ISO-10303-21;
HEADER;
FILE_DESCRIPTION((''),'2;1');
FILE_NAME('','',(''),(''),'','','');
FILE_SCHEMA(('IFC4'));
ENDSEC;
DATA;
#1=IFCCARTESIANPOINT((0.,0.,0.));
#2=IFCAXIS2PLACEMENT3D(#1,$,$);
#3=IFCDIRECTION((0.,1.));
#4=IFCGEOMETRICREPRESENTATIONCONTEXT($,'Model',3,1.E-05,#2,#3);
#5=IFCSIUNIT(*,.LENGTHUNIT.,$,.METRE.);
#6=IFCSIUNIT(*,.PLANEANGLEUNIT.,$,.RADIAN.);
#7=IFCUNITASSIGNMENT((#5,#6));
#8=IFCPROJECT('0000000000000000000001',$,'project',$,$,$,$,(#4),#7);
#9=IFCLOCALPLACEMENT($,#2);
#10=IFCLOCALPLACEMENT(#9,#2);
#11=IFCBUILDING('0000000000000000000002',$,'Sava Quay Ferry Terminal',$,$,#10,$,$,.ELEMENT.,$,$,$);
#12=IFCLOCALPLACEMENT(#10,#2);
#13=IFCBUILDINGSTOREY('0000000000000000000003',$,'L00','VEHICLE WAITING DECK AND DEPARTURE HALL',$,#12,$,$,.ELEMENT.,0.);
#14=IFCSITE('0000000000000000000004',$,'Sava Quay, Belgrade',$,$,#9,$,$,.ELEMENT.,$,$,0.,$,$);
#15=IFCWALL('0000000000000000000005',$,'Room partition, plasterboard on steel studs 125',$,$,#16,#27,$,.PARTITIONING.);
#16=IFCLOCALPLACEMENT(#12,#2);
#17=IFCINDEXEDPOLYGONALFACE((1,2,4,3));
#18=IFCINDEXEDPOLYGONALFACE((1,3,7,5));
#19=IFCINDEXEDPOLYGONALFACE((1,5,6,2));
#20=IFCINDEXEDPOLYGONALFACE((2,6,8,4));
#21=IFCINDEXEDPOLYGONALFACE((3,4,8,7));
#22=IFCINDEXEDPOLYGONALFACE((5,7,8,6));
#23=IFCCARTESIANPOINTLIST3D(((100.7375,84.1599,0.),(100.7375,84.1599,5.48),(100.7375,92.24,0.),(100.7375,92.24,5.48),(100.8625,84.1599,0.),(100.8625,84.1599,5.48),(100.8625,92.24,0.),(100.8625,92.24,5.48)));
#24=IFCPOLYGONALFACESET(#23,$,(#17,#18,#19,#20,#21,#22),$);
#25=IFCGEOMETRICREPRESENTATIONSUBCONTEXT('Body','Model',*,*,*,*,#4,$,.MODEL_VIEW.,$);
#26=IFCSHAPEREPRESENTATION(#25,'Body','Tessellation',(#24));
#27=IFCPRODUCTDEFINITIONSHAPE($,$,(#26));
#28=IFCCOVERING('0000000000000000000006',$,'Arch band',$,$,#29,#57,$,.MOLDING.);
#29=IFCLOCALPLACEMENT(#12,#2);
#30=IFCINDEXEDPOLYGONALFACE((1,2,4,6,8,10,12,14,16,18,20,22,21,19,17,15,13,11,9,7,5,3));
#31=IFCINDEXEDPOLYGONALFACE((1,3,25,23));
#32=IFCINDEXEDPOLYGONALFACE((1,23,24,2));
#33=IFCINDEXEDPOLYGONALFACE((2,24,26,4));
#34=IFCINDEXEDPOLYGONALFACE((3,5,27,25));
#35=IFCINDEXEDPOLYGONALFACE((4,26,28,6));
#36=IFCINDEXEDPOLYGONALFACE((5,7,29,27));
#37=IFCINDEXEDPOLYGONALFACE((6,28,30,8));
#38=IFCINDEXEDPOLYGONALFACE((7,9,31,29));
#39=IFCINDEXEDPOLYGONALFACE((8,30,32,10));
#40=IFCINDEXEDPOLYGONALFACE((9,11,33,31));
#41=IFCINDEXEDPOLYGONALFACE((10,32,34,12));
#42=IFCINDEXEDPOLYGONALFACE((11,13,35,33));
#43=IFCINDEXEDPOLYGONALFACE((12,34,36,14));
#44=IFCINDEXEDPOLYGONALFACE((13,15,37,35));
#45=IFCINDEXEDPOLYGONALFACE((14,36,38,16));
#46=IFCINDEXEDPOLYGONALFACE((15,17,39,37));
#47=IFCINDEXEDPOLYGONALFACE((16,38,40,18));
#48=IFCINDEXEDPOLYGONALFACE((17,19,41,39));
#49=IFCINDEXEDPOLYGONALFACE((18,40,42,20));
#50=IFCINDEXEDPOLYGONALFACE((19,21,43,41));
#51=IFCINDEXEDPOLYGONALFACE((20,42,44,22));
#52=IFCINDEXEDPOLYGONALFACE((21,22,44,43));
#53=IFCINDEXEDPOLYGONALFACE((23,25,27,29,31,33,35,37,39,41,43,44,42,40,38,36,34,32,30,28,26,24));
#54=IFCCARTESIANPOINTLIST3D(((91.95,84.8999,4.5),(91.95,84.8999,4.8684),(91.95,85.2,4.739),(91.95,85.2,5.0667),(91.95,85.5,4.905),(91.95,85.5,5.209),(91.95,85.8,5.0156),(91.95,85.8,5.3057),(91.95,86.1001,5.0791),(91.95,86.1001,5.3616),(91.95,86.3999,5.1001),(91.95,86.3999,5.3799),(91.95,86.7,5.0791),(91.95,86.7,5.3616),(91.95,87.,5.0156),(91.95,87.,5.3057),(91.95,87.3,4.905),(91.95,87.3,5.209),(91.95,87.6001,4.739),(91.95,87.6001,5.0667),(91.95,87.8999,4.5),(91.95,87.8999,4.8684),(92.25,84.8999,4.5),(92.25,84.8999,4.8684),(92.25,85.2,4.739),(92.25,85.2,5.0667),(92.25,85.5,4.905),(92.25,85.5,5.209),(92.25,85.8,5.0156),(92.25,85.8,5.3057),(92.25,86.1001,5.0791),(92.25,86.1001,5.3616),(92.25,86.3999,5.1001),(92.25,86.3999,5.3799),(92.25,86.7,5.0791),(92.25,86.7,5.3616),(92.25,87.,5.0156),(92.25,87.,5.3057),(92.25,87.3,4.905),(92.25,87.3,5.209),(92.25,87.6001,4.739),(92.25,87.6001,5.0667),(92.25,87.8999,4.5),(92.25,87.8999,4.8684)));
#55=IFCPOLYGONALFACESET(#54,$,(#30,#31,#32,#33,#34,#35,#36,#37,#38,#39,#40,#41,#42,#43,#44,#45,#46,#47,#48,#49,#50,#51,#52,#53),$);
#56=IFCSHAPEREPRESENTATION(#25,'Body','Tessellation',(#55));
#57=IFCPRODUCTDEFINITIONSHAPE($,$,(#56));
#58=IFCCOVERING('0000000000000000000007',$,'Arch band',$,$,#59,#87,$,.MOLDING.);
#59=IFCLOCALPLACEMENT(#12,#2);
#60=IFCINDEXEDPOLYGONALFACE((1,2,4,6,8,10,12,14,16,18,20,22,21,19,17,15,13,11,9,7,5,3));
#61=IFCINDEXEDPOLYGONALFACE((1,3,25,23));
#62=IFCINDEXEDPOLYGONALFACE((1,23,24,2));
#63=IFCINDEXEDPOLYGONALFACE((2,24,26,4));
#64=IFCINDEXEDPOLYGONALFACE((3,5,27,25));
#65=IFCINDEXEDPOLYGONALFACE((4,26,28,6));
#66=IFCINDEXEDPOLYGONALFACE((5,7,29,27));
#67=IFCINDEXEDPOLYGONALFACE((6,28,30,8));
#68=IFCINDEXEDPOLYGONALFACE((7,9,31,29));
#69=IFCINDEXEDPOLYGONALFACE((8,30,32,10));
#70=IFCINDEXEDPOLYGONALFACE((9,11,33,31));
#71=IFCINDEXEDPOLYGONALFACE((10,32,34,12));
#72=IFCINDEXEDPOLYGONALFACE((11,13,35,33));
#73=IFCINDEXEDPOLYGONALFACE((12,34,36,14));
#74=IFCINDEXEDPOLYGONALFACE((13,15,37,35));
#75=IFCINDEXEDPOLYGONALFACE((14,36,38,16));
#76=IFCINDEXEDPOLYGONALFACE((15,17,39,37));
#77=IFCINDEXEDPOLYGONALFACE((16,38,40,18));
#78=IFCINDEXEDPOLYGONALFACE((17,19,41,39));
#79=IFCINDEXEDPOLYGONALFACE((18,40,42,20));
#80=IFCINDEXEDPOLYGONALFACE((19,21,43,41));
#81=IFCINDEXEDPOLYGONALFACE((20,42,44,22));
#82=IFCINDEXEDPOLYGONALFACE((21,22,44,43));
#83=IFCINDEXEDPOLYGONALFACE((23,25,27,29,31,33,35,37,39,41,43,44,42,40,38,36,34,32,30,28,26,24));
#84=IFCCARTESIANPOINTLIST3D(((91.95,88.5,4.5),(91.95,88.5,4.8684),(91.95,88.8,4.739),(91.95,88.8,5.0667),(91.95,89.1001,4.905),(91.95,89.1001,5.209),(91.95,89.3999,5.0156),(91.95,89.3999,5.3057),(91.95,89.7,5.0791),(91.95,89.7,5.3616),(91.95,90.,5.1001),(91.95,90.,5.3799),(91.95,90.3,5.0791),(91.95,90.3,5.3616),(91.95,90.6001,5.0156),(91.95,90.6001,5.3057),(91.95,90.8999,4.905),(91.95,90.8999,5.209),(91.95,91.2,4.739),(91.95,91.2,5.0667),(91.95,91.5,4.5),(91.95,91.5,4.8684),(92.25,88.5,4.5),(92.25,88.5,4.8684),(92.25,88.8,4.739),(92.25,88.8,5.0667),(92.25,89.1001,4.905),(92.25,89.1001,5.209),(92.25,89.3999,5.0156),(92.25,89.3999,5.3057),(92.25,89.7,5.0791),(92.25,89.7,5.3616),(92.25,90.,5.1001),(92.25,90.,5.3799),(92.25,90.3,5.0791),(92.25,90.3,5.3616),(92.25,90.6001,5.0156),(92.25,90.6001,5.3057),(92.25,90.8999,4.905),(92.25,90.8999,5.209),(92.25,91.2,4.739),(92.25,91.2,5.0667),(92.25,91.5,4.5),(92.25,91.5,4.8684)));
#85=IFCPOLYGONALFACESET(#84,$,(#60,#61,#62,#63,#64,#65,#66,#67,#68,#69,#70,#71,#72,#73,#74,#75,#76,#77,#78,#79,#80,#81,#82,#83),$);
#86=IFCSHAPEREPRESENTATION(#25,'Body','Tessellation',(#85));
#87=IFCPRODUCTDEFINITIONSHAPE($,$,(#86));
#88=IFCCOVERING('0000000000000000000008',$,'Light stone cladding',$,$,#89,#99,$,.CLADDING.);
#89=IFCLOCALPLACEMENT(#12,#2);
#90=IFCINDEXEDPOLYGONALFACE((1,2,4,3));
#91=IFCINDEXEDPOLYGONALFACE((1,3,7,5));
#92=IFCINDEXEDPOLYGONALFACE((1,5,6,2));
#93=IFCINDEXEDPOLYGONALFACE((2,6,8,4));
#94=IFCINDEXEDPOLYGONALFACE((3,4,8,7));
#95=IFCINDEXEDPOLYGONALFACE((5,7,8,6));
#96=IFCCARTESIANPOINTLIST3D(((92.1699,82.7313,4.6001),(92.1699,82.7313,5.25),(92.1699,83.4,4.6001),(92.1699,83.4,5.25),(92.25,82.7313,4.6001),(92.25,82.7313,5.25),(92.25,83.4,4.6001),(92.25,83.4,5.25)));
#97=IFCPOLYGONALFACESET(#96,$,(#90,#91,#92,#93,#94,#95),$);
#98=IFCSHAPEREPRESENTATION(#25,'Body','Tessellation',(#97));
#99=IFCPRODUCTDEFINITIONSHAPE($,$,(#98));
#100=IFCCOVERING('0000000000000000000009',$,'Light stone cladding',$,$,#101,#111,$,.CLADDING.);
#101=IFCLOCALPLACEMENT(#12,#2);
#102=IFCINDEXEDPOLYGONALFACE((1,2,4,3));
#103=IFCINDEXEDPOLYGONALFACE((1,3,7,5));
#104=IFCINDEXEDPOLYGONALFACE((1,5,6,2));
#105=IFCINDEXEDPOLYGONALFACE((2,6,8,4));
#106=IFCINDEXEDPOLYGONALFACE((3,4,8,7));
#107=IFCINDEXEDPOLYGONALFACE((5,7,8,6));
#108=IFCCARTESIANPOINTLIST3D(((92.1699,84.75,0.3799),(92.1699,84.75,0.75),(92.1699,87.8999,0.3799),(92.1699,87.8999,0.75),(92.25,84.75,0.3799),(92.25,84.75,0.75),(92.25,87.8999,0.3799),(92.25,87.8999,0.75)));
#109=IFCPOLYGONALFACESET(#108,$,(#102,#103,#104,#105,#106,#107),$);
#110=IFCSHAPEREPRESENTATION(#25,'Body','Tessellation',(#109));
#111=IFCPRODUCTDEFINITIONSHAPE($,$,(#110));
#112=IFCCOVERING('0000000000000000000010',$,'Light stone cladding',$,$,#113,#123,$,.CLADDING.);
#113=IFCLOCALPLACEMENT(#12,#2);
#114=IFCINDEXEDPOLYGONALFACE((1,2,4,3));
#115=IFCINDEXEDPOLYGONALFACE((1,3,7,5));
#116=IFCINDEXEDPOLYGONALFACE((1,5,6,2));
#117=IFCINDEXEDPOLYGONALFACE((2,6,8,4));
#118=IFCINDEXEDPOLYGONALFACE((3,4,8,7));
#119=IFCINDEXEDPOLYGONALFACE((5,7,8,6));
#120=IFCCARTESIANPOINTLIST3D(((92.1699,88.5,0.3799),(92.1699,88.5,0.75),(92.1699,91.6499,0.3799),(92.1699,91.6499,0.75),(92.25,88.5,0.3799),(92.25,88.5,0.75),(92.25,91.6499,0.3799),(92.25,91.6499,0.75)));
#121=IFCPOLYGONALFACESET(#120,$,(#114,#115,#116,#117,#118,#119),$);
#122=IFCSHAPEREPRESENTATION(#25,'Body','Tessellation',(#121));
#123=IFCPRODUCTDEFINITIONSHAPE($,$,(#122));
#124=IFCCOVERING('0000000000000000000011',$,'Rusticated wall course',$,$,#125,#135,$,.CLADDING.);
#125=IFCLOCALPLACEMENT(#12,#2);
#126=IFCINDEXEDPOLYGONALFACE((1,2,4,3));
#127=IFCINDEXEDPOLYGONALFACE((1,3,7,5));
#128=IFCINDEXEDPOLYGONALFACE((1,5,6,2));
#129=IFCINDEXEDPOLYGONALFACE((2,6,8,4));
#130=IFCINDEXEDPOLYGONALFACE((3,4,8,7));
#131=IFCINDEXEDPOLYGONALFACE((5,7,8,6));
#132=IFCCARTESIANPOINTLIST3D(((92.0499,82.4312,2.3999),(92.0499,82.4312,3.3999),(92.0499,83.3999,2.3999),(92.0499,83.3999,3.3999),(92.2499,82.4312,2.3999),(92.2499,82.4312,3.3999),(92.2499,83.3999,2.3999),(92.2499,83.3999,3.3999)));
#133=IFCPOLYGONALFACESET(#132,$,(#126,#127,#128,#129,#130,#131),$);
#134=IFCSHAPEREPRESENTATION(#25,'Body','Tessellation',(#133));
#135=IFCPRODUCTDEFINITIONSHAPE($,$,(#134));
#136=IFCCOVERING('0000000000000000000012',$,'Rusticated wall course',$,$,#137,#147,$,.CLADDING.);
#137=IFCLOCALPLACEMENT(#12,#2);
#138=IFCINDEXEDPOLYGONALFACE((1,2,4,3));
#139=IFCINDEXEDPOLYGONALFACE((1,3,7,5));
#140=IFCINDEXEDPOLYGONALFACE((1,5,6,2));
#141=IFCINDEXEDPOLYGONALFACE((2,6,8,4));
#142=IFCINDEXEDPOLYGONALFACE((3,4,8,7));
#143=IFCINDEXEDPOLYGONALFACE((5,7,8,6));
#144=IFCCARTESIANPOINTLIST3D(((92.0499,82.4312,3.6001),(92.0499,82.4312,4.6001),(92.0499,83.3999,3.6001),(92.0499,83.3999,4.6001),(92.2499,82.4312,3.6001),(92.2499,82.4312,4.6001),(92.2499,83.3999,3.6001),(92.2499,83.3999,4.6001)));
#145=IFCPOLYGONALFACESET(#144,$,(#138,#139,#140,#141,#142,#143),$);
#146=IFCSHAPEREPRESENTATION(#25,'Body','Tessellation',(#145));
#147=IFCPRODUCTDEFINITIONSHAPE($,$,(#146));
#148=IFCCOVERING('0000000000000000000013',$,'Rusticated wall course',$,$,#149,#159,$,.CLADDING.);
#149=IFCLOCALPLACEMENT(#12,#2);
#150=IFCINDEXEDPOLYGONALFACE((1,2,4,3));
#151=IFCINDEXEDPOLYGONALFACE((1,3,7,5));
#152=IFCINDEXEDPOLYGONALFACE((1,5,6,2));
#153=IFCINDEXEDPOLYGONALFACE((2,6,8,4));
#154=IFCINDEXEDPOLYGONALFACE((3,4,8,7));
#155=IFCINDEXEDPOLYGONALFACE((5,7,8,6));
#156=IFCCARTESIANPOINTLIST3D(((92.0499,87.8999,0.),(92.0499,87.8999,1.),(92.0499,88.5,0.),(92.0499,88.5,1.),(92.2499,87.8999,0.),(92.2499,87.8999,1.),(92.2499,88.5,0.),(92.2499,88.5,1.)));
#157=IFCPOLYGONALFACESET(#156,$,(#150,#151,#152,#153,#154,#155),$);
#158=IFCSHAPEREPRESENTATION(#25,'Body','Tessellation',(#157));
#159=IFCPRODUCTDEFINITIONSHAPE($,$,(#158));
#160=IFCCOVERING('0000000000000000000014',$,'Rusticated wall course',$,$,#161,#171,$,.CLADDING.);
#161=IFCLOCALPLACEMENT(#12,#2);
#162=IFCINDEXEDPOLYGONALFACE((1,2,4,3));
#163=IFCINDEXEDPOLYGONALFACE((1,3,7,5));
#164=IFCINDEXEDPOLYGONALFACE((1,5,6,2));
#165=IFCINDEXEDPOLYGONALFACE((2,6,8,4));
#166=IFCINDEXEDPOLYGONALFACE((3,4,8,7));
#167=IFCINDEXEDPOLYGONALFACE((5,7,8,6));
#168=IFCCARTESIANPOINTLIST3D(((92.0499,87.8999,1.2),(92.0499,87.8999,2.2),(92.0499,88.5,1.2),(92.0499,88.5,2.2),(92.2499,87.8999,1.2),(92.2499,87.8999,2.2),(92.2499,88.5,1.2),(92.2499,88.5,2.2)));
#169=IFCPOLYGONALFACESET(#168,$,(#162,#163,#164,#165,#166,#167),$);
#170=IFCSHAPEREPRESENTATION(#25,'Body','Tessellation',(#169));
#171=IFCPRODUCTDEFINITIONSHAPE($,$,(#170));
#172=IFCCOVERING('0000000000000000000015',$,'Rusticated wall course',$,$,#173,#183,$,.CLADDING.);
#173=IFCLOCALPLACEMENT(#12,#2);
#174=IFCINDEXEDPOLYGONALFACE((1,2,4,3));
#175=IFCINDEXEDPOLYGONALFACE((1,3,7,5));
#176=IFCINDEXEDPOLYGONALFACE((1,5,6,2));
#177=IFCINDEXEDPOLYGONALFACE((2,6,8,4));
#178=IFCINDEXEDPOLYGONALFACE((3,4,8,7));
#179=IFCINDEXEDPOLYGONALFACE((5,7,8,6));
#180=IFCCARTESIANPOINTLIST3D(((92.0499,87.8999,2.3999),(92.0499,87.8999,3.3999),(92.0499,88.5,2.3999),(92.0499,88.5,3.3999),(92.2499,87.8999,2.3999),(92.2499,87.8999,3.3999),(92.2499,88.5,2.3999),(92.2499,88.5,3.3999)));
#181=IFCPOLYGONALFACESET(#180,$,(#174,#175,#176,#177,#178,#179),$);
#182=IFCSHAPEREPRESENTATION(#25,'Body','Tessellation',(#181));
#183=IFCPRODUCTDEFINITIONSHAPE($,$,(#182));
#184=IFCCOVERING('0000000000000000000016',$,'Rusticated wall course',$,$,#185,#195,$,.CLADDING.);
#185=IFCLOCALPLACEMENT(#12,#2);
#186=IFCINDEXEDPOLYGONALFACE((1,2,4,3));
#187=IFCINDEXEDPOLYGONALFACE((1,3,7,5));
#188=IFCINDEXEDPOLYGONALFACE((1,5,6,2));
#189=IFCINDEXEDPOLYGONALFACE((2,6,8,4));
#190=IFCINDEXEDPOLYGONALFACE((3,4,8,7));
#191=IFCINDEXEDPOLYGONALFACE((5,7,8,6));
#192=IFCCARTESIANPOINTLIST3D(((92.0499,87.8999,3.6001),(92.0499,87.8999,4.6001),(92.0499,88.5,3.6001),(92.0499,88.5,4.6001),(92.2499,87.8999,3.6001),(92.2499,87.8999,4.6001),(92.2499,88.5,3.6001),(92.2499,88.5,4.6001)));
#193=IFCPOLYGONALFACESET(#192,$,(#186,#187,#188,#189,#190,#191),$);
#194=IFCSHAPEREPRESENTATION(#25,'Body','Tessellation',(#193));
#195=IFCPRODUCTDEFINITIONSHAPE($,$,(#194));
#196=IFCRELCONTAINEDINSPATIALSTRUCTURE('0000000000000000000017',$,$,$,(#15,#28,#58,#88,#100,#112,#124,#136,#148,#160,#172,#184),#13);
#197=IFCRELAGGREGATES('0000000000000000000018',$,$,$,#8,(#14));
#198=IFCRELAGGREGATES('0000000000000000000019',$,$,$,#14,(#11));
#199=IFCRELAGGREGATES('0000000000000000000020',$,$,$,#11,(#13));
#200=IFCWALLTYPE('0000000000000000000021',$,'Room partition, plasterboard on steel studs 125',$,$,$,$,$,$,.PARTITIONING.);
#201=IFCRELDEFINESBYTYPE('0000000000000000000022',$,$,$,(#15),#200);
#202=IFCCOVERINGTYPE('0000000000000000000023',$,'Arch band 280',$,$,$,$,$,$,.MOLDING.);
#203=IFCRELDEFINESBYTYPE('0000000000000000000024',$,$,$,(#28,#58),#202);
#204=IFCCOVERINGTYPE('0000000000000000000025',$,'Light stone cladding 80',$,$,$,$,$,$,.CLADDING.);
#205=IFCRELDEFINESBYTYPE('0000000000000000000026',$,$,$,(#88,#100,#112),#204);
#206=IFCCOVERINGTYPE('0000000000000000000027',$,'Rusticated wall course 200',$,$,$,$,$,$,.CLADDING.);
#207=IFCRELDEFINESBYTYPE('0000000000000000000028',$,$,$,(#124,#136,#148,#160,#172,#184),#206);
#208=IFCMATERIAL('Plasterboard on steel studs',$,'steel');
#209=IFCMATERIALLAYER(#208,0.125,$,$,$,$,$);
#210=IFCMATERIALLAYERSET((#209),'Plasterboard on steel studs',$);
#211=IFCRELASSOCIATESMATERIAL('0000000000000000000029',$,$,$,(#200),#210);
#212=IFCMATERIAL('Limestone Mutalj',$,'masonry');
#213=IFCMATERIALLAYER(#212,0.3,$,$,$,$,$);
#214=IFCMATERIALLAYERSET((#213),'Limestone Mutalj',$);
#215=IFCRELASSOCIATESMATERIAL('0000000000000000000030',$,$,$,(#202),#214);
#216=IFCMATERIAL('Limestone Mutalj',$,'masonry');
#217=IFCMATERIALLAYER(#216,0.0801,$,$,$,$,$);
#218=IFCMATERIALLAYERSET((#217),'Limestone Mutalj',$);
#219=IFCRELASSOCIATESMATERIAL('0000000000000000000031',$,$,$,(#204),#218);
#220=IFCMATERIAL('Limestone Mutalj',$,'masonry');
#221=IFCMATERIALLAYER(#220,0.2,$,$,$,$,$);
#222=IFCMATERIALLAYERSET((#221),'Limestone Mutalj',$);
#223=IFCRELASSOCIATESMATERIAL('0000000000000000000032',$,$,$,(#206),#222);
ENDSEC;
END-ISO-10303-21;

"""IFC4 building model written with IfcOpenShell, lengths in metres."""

from ifc_helpers import new_model, si_unit, direction, frame, frame_2d, origin, origin_2d, place, context, subcontext, project, spatial, polyline, rectangle, outline, extrude, material, layer, layer_set, type_object, element, save


model = new_model("IFC4")

# Units and contexts
model_context = context("Model", 3, precision=1e-05, world=origin(), true_north=direction((0.0, 1.0)))
body_context = subcontext(model_context, "Body", "Model", "MODEL_VIEW")
ifc_project = project(units=[si_unit("LENGTHUNIT", "METRE"), si_unit("PLANEANGLEUNIT", "RADIAN")], contexts=[model_context])

# Site, building, storey
site_placement = place(None, origin())
site = spatial("IfcSite", under=ifc_project, at=site_placement, Name="Sava Quay, Belgrade", CompositionType="ELEMENT", RefElevation=0.0)
building_placement = place(site_placement, origin())
building = spatial("IfcBuilding", under=site, at=building_placement, Name="Sava Quay Ferry Terminal", CompositionType="ELEMENT")
storey_placement = place(building_placement, origin())
storey = spatial("IfcBuildingStorey", under=building, at=storey_placement, Name="L00", Description="VEHICLE WAITING DECK AND DEPARTURE HALL", CompositionType="ELEMENT", Elevation=0.0)

# Shared definitions
ifc_material_1 = material(Name="Plasterboard on steel studs", Category="steel")
ifc_layer_1 = layer(ifc_material_1, 0.125)
ifc_layer_set_1 = layer_set([ifc_layer_1], Name="Plasterboard on steel studs")
wall_type_1 = type_object("IfcWallType", Name="Room partition, plasterboard on steel studs 125", PredefinedType="PARTITIONING", material=ifc_layer_set_1)

# Wall
wall_1_placement = place(storey_placement, frame((100.8, 84.1599, 0.0), z_axis=(0.0, 0.0, 1.0), x_axis=(0.0, 1.0, 0.0)))
element("IfcWall", 1, at=wall_1_placement, inside=storey, type_object=wall_type_1, Name="Room partition, plasterboard on steel studs 125", PredefinedType="PARTITIONING", context=body_context, shape_type="SweptSolid", body=[
    extrude(rectangle(XDim=8.0801, YDim=0.125, at=frame_2d((4.04, 0.0))), origin(), (0.0, 0.0, 1.0), 5.48),
])

# Coverings
ifc_material_2 = material(Name="Limestone Mutalj", Category="masonry")
ifc_layer_2 = layer(ifc_material_2, 0.3)
ifc_layer_set_2 = layer_set([ifc_layer_2], Name="Limestone Mutalj")
covering_type_1 = type_object("IfcCoveringType", Name="Arch band 280", PredefinedType="MOLDING", material=ifc_layer_set_2)
covering_1_placement = place(storey_placement, frame((92.25, 84.8999, 4.5), z_axis=(1.0, 0.0, 0.0), x_axis=(0.0, 0.782171, 0.623064)))
element("IfcCovering", 2, at=covering_1_placement, inside=storey, type_object=covering_type_1, Name="Arch band", PredefinedType="MOLDING", context=body_context, shape_type="SweptSolid", body=[
    extrude(outline(polyline([(0.0, 0.0), (0.3836, 0.0), (0.7217, -0.0571), (1.0253, -0.1575), (1.2996, -0.2948), (1.5472, -0.4652), (1.7688, -0.6686), (1.9639, -0.9052), (2.1297, -1.1786), (2.2609, -1.4954), (2.3465, -1.8692), (2.5761, -1.581), (2.4651, -1.2392), (2.3191, -0.9409), (2.1446, -0.6783), (1.9448, -0.4476), (1.7215, -0.2464), (1.4756, -0.0739), (1.206, 0.0693), (0.9111, 0.1806), (0.5877, 0.2563), (0.2295, 0.2882), (0.0, 0.0)])), origin(), (0.0, 0.0, -1.0), 0.3),
])
covering_2_placement = place(storey_placement, frame((92.25, 88.5, 4.5), z_axis=(1.0, 0.0, 0.0), x_axis=(0.0, 0.782171, 0.623064)))
element("IfcCovering", 3, at=covering_2_placement, inside=storey, type_object=covering_type_1, Name="Arch band", PredefinedType="MOLDING", context=body_context, shape_type="SweptSolid", body=[
    extrude(outline(polyline([(0.0, 0.0), (0.3836, 0.0), (0.7217, -0.0571), (1.0251, -0.1574), (1.2994, -0.2947), (1.5472, -0.4652), (1.7688, -0.6686), (1.9639, -0.9052), (2.1295, -1.1785), (2.2607, -1.4953), (2.3465, -1.8692), (2.5761, -1.581), (2.4649, -1.239), (2.3189, -0.9407), (2.1446, -0.6783), (1.9448, -0.4476), (1.7215, -0.2464), (1.4754, -0.0737), (1.2059, 0.0695), (0.9111, 0.1806), (0.5877, 0.2563), (0.2295, 0.2882), (0.0, 0.0)])), origin(), (0.0, 0.0, -1.0), 0.3),
])
ifc_material_3 = material(Name="Limestone Mutalj", Category="masonry")
ifc_layer_3 = layer(ifc_material_3, 0.0801)
ifc_layer_set_3 = layer_set([ifc_layer_3], Name="Limestone Mutalj")
covering_type_2 = type_object("IfcCoveringType", Name="Light stone cladding 80", PredefinedType="CLADDING", material=ifc_layer_set_3)
covering_3_placement = place(storey_placement, frame((92.21, 83.0657, 4.6001), z_axis=(0.0, 0.0, 1.0), x_axis=(1.0, 0.0, 0.0)))
element("IfcCovering", 4, at=covering_3_placement, inside=storey, type_object=covering_type_2, Name="Light stone cladding", PredefinedType="CLADDING", context=body_context, shape_type="SweptSolid", body=[
    extrude(rectangle(XDim=0.0801, YDim=0.6687, at=origin_2d()), origin(), (0.0, 0.0, 1.0), 0.6499),
])
for number, where, z_axis, x_axis, name in (
    (5, (92.21, 86.325, 0.3799), (0.0, 0.0, 1.0), (1.0, 0.0, 0.0), "Light stone cladding"),
    (6, (92.21, 90.075, 0.3799), (0.0, 0.0, 1.0), (1.0, 0.0, 0.0), "Light stone cladding"),
):
    element("IfcCovering", number, at=place(storey_placement, frame(where, z_axis=z_axis, x_axis=x_axis)), inside=storey, type_object=covering_type_2, Name=name, PredefinedType="CLADDING", context=body_context, shape_type="SweptSolid", body=[
        extrude(rectangle(XDim=0.0801, YDim=3.1499, at=origin_2d()), origin(), (0.0, 0.0, 1.0), 0.3701),
    ])
ifc_material_4 = material(Name="Limestone Mutalj", Category="masonry")
ifc_layer_4 = layer(ifc_material_4, 0.2)
ifc_layer_set_4 = layer_set([ifc_layer_4], Name="Limestone Mutalj")
covering_type_3 = type_object("IfcCoveringType", Name="Rusticated wall course 200", PredefinedType="CLADDING", material=ifc_layer_set_4)
for number, where, z_axis, x_axis, name in (
    (7, (92.1499, 82.9155, 2.3999), (0.0, 0.0, 1.0), (1.0, 0.0, 0.0), "Rusticated wall course"),
    (8, (92.1499, 82.9155, 3.6001), (0.0, 0.0, 1.0), (1.0, 0.0, 0.0), "Rusticated wall course"),
):
    element("IfcCovering", number, at=place(storey_placement, frame(where, z_axis=z_axis, x_axis=x_axis)), inside=storey, type_object=covering_type_3, Name=name, PredefinedType="CLADDING", context=body_context, shape_type="SweptSolid", body=[
        extrude(rectangle(XDim=0.2, YDim=0.9688, at=origin_2d()), origin(), (0.0, 0.0, 1.0), 1.0),
    ])
for number, where, z_axis, x_axis, name in (
    (9, (92.1499, 88.2, 0.0), (0.0, 0.0, 1.0), (1.0, 0.0, 0.0), "Rusticated wall course"),
    (10, (92.1499, 88.2, 1.2), (0.0, 0.0, 1.0), (1.0, 0.0, 0.0), "Rusticated wall course"),
    (11, (92.1499, 88.2, 2.3999), (0.0, 0.0, 1.0), (1.0, 0.0, 0.0), "Rusticated wall course"),
    (12, (92.1499, 88.2, 3.6001), (0.0, 0.0, 1.0), (1.0, 0.0, 0.0), "Rusticated wall course"),
):
    element("IfcCovering", number, at=place(storey_placement, frame(where, z_axis=z_axis, x_axis=x_axis)), inside=storey, type_object=covering_type_3, Name=name, PredefinedType="CLADDING", context=body_context, shape_type="SweptSolid", body=[
        extrude(rectangle(XDim=0.2, YDim=0.6001, at=origin_2d()), origin(), (0.0, 0.0, 1.0), 1.0),
    ])

save(model, "model.ifc")
